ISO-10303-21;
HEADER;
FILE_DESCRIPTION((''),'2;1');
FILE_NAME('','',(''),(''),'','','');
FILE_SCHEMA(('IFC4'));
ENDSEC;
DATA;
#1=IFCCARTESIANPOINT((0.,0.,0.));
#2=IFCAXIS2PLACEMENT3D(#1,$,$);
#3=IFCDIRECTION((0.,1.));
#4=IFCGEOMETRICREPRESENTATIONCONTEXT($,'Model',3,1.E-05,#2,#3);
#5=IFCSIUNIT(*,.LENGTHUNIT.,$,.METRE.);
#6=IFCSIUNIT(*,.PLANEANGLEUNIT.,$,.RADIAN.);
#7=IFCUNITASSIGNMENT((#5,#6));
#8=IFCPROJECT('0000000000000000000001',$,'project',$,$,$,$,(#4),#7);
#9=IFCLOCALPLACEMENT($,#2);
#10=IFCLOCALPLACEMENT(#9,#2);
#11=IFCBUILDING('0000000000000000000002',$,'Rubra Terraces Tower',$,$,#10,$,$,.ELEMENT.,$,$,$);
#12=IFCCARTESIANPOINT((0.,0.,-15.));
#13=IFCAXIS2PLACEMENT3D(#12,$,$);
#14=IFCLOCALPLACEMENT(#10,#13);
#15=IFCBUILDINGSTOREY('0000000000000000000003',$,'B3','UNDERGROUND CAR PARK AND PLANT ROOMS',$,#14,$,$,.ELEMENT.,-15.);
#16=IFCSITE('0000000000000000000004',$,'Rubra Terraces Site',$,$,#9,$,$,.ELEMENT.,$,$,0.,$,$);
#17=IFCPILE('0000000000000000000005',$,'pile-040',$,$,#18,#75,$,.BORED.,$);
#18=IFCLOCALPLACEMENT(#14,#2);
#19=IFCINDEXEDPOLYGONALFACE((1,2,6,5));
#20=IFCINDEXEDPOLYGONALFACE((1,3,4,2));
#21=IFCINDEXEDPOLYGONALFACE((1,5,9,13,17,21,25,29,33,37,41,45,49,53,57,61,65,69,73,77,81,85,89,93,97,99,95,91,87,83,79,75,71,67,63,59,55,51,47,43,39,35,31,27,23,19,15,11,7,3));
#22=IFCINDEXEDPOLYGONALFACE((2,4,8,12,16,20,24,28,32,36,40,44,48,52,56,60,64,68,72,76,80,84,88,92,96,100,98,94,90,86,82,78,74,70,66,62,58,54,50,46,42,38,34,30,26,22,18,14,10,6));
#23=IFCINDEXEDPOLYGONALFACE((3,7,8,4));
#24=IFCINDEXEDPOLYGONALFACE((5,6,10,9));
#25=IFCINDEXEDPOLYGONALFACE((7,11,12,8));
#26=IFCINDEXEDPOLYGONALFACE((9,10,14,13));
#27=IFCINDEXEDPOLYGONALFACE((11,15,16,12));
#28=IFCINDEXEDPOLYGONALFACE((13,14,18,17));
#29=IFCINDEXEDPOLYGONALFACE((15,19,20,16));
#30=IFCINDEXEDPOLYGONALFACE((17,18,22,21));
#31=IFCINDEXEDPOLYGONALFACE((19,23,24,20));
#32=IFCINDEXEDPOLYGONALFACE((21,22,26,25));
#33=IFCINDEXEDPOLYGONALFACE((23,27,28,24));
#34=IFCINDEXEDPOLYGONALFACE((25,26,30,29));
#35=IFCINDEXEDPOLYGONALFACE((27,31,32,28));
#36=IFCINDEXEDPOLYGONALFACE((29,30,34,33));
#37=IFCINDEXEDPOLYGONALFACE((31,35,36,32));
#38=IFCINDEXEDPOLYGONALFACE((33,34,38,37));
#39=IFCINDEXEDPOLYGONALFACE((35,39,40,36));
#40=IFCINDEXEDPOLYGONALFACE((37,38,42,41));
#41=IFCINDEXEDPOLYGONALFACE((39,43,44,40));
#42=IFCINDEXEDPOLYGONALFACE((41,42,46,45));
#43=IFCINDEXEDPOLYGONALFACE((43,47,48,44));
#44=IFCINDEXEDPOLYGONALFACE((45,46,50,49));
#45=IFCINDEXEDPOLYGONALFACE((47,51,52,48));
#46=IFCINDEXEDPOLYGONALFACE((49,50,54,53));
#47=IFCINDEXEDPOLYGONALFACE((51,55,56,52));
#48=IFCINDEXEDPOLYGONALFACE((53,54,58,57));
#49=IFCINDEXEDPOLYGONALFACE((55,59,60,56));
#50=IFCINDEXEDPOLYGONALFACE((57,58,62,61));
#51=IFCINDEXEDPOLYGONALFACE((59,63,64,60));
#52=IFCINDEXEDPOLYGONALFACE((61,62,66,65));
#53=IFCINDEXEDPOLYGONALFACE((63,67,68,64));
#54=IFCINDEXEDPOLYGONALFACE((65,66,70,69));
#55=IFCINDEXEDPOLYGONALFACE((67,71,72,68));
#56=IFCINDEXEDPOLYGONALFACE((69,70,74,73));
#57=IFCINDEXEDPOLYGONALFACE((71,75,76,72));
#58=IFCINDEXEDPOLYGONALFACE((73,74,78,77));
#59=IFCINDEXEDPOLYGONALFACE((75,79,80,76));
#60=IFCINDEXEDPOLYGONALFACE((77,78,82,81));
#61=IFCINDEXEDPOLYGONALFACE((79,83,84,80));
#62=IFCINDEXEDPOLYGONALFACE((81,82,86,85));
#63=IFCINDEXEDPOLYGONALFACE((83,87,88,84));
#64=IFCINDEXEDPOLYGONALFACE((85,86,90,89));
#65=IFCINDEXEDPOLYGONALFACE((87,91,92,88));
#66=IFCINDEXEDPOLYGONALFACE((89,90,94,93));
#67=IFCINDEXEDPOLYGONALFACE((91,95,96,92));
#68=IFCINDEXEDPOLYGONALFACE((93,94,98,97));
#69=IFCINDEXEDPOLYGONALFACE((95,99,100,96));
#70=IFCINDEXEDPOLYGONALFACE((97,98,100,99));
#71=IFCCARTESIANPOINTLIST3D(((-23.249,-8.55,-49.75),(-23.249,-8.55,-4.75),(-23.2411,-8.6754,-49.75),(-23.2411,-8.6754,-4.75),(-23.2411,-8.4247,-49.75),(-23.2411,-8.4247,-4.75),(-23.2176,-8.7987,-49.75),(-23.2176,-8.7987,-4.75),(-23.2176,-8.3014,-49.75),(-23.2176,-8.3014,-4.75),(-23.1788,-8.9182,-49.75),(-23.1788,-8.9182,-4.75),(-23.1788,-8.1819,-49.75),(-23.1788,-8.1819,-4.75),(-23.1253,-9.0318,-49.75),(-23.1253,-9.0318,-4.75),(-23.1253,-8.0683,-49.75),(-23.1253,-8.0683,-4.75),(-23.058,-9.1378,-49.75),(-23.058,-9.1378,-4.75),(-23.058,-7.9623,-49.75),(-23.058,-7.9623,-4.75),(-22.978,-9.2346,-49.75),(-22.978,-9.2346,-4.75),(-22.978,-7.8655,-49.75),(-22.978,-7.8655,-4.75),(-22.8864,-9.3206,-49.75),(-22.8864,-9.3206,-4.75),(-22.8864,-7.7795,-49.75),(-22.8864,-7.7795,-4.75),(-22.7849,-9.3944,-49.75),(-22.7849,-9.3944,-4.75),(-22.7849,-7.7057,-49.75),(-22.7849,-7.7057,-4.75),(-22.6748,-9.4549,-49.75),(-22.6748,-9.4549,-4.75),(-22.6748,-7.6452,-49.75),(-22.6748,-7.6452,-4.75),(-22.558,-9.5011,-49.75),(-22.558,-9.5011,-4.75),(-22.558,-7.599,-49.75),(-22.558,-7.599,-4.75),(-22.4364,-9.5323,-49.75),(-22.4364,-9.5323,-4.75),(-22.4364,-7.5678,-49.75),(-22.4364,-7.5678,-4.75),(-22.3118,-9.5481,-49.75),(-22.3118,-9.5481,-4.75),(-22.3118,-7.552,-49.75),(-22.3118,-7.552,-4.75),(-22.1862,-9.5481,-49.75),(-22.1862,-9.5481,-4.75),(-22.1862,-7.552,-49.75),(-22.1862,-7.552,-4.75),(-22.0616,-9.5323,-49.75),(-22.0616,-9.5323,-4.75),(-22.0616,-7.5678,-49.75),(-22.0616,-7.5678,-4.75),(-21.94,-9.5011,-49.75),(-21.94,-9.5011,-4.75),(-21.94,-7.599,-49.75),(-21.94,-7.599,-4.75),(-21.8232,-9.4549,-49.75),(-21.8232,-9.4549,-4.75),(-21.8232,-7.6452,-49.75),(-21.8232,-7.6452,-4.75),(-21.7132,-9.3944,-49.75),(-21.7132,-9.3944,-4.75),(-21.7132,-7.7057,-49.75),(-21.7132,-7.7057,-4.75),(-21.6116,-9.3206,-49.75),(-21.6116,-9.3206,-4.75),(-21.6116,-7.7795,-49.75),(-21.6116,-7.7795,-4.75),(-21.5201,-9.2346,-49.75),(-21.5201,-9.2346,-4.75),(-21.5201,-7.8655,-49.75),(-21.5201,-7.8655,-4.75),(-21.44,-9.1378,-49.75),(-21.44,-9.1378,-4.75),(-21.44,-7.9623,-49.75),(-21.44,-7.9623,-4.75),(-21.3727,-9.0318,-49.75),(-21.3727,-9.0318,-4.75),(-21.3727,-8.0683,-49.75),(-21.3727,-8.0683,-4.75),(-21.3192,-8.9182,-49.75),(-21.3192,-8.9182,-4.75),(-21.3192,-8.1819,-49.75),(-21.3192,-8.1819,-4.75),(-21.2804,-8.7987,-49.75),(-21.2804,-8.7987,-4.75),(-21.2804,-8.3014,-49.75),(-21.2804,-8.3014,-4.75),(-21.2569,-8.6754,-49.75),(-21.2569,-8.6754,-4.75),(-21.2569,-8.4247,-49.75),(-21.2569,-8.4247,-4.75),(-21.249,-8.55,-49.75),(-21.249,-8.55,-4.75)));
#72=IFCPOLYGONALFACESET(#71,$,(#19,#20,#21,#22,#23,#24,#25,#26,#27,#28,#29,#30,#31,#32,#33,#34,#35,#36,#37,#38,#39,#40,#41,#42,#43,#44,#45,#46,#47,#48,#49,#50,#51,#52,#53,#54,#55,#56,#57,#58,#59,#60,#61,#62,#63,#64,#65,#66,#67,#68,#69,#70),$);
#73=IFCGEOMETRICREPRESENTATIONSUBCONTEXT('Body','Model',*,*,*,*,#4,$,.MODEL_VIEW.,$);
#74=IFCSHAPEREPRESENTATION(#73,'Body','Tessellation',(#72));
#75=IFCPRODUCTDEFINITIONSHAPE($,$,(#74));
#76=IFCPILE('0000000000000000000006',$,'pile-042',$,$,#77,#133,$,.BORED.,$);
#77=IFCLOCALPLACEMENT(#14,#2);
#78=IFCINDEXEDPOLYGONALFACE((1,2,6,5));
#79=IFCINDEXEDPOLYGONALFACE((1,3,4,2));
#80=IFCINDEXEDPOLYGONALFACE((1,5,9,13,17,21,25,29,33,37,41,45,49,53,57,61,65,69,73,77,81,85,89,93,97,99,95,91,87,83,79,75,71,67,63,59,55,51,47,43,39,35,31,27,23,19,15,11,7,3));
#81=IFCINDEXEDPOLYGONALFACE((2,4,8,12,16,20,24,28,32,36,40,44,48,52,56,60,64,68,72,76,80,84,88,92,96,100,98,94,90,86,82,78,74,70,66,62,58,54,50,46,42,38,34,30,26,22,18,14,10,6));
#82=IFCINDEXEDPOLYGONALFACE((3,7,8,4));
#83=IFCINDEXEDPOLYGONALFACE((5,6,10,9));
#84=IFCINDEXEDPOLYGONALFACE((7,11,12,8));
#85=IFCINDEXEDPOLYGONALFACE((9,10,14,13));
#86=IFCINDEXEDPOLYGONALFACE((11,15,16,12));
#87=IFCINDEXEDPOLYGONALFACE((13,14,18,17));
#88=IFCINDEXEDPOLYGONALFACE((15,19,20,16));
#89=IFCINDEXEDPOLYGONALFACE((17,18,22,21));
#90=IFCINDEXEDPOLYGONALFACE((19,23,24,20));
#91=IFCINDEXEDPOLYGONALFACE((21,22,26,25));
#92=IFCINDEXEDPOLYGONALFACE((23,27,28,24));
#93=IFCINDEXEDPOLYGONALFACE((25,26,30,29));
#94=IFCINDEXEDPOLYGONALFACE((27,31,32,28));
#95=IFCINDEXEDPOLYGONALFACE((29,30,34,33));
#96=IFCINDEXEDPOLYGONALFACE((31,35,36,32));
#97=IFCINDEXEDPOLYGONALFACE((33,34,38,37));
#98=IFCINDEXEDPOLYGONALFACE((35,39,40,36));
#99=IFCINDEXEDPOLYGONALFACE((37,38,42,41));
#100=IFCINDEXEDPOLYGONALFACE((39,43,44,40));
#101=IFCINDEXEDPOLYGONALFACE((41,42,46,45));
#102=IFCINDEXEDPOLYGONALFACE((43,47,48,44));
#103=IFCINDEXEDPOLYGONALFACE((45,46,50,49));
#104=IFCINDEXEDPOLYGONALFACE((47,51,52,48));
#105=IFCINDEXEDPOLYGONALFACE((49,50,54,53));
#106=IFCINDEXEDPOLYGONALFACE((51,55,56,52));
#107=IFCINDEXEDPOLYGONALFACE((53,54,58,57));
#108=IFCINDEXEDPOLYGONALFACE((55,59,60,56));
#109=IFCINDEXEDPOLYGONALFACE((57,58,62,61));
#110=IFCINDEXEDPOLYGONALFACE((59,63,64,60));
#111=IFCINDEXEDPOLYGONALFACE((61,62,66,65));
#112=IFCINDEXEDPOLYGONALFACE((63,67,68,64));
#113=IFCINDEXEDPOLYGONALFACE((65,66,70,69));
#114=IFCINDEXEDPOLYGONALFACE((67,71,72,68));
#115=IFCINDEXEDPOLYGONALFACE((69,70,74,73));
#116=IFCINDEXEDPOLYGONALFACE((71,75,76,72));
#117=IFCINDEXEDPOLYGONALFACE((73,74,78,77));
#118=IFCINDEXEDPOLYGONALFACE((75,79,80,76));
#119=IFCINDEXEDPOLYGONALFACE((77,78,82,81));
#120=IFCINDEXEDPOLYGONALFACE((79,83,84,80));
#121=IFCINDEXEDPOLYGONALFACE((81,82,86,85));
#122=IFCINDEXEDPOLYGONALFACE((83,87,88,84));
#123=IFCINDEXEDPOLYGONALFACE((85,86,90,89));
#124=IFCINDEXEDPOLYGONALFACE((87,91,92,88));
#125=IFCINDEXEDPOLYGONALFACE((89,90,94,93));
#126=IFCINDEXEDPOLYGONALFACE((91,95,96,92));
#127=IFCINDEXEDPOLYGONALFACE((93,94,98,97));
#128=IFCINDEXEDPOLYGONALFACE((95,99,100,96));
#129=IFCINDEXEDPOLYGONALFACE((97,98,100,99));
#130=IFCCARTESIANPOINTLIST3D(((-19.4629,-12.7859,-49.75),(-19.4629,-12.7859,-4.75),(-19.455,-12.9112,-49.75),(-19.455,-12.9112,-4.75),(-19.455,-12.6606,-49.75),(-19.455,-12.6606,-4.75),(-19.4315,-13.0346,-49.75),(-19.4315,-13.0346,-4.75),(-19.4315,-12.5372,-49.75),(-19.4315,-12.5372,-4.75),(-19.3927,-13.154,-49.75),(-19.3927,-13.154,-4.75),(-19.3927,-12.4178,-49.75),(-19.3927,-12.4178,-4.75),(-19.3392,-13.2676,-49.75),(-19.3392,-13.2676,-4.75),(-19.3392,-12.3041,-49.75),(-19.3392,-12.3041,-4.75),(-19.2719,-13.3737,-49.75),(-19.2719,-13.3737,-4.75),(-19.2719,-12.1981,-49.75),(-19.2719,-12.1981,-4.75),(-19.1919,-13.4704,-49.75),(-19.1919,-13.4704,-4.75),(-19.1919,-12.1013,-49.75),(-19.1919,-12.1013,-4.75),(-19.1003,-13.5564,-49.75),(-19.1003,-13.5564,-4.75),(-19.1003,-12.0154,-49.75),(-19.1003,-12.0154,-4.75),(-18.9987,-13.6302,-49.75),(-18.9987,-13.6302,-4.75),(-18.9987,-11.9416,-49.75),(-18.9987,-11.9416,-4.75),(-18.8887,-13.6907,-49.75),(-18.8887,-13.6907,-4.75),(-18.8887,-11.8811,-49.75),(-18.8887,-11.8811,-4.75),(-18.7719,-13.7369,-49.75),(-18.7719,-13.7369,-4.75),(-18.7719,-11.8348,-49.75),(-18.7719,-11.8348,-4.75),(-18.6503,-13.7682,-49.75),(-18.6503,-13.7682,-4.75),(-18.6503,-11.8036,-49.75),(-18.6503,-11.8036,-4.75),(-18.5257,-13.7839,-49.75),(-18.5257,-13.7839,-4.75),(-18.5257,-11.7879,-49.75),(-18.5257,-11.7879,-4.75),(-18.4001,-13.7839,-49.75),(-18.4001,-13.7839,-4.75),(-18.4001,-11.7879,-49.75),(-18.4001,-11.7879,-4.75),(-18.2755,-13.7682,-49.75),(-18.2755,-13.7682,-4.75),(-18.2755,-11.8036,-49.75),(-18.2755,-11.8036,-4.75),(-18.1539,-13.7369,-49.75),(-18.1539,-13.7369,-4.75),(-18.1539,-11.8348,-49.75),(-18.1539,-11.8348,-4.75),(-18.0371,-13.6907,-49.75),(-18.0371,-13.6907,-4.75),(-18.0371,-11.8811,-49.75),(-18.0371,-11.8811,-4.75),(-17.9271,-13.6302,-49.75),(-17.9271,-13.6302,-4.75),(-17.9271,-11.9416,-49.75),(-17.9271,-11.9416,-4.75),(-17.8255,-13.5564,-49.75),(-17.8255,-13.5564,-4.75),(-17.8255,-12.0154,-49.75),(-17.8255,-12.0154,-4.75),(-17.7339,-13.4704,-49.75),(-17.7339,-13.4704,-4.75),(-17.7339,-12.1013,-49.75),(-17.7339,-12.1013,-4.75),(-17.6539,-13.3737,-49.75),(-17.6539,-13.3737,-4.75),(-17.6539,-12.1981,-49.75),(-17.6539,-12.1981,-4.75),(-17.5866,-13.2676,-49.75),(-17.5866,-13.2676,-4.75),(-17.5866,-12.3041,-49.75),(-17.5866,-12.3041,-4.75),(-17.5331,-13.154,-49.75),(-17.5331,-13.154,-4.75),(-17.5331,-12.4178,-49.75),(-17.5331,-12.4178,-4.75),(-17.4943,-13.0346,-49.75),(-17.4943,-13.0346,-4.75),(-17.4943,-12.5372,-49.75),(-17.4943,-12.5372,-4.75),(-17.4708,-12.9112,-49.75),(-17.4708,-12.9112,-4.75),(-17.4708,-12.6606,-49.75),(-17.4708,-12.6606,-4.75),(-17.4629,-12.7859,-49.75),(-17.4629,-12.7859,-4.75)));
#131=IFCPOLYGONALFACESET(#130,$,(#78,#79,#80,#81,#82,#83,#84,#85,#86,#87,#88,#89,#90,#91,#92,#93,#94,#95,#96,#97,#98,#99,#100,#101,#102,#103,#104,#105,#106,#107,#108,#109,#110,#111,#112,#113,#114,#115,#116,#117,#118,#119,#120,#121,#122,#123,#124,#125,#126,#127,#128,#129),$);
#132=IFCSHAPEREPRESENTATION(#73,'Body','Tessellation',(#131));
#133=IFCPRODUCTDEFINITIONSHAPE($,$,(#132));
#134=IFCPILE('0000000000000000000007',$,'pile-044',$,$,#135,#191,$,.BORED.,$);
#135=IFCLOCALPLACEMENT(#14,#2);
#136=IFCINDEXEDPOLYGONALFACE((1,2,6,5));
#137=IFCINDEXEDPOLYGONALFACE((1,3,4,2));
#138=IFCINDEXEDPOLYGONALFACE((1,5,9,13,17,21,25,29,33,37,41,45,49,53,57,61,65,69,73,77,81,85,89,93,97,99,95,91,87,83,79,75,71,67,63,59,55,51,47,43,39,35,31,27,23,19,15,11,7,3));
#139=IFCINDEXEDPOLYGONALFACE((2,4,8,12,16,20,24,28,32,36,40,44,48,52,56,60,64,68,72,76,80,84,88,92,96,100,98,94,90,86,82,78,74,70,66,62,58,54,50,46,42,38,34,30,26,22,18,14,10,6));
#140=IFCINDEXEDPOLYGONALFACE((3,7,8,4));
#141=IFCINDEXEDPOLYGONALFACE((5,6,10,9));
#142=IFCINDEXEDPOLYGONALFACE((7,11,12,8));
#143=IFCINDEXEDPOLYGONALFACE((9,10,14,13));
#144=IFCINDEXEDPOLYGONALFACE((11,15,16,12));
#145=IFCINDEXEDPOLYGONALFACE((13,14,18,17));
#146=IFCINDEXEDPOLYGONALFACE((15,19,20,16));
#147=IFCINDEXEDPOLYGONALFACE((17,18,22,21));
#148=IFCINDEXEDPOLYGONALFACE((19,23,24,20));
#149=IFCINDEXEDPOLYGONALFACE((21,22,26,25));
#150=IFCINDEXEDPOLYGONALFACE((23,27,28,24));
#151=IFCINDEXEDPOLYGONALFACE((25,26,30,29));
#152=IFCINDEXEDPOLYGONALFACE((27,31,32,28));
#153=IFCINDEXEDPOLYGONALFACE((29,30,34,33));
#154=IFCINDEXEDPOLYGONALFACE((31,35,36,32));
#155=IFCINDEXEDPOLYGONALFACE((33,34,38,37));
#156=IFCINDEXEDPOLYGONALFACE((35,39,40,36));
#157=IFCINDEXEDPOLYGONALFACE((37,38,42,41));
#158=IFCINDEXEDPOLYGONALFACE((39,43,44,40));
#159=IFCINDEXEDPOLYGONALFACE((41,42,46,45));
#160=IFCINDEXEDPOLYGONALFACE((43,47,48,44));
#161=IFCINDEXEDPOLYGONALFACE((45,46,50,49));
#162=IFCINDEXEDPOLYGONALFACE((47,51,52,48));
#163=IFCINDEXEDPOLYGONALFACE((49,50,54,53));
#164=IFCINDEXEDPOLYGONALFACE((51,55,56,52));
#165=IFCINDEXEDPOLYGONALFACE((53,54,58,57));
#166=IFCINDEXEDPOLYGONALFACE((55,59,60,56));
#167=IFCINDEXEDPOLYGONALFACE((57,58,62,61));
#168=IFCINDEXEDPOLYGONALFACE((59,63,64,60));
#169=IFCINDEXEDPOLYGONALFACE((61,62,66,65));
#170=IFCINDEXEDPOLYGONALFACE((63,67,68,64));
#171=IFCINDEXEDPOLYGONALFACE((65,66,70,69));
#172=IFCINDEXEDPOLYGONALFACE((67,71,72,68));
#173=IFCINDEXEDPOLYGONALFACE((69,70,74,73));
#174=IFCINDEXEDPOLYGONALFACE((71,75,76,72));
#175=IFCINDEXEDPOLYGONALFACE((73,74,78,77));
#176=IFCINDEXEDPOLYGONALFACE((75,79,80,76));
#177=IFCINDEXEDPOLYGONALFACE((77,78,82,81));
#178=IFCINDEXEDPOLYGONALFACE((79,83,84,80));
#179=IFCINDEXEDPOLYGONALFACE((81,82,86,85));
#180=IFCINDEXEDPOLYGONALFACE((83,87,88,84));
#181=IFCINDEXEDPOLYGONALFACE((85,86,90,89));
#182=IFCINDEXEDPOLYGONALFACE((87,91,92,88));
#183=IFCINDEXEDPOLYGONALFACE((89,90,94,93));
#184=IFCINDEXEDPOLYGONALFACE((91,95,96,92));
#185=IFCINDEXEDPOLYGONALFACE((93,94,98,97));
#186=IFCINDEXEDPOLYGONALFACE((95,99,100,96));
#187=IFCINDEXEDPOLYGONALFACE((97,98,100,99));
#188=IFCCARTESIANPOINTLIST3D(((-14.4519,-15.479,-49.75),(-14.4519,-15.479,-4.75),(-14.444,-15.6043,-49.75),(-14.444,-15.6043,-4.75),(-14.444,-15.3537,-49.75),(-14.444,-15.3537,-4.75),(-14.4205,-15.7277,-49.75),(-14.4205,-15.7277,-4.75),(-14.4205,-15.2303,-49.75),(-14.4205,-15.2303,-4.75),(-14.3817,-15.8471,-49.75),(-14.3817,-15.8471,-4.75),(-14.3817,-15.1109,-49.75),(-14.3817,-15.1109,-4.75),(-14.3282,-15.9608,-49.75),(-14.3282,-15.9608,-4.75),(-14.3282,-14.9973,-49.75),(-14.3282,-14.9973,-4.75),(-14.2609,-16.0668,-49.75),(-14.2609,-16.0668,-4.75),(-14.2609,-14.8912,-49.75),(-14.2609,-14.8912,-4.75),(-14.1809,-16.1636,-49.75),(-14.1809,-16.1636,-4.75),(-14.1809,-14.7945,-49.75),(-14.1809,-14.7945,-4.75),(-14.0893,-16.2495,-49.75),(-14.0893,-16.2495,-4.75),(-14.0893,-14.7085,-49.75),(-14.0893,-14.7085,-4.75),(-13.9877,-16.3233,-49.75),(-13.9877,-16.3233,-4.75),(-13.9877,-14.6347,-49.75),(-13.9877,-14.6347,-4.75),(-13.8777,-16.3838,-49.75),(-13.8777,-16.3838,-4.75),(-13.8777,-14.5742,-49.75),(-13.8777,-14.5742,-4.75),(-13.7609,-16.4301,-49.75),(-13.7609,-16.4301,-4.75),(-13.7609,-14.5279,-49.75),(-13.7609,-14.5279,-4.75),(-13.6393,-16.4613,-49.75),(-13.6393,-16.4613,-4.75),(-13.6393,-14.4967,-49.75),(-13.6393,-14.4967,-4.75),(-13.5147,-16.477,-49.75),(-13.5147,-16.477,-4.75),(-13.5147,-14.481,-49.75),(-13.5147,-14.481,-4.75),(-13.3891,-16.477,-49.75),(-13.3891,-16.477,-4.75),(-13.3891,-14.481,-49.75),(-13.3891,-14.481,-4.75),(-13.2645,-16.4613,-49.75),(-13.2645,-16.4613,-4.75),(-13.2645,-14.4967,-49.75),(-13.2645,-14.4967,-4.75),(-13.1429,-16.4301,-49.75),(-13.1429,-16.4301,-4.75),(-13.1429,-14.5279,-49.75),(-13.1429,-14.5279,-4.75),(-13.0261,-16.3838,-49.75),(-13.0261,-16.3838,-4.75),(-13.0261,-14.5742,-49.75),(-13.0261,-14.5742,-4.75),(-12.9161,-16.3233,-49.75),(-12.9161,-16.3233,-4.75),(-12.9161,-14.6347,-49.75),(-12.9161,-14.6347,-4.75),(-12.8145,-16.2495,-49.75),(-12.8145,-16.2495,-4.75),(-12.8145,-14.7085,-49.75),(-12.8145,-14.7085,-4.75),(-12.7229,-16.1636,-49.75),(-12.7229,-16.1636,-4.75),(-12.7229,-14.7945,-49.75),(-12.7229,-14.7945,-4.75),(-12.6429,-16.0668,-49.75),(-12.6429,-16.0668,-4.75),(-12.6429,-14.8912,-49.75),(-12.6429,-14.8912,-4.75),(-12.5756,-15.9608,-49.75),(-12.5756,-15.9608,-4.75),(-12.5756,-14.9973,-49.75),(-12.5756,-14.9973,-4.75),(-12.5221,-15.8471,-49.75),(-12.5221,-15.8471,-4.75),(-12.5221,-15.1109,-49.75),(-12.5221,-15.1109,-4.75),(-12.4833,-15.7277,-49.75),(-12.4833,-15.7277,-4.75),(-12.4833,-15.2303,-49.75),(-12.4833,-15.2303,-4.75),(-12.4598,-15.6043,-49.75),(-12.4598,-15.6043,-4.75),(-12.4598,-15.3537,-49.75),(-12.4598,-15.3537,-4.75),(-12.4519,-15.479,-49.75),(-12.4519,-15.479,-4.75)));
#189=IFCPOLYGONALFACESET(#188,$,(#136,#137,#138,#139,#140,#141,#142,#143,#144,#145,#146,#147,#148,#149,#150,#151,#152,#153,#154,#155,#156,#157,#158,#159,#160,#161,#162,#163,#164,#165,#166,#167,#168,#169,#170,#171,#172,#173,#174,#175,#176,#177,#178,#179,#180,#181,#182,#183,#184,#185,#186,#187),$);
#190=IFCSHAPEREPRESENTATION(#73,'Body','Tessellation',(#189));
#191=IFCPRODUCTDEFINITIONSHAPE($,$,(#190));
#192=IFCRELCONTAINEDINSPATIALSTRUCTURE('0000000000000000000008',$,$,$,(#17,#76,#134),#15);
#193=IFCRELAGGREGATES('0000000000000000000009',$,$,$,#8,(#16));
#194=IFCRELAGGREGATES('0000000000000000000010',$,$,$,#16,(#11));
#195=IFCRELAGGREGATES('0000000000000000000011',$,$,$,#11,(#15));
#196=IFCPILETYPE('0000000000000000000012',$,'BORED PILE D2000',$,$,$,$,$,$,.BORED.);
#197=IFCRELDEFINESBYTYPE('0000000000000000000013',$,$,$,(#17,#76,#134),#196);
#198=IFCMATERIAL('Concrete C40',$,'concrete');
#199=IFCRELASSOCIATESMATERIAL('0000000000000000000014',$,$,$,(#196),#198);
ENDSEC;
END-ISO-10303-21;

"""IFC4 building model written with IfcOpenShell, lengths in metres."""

from ifc_helpers import new_model, si_unit, direction, frame, origin, origin_2d, place, context, subcontext, project, spatial, circle, extrude, material, material_profile, profile_set, type_object, element, save


model = new_model("IFC4")

# Units and contexts
model_context = context("Model", 3, precision=1e-05, world=origin(), true_north=direction((0.0, 1.0)))
body_context = subcontext(model_context, "Body", "Model", "MODEL_VIEW")
ifc_project = project(units=[si_unit("LENGTHUNIT", "METRE"), si_unit("PLANEANGLEUNIT", "RADIAN")], contexts=[model_context])

# Site, building, storey
site_placement = place(None, origin())
site = spatial("IfcSite", under=ifc_project, at=site_placement, Name="Rubra Terraces Site", CompositionType="ELEMENT", RefElevation=0.0)
building_placement = place(site_placement, origin())
building = spatial("IfcBuilding", under=site, at=building_placement, Name="Rubra Terraces Tower", CompositionType="ELEMENT")
storey_placement = place(building_placement, frame((0.0, 0.0, -15.0)))
storey = spatial("IfcBuildingStorey", under=building, at=storey_placement, Name="B3", Description="UNDERGROUND CAR PARK AND PLANT ROOMS", CompositionType="ELEMENT", Elevation=-15.0)

# Piles
ifc_material_1 = material(Name="Concrete C40", Category="concrete")
ifc_material_profile_1 = material_profile(ifc_material_1, circle(Radius=1.0, at=origin_2d()), Name="BORED PILE D2000")
ifc_profile_set_1 = profile_set([ifc_material_profile_1], Name="Concrete C40")
pile_type = type_object("IfcPileType", Name="BORED PILE D2000", PredefinedType="BORED", material=ifc_profile_set_1)
for number, where, z_axis, x_axis, name in (
    (1, (-22.249, -8.55, -4.75), (0.0, 0.0, -1.0), (1.0, 0.0, 0.0), "pile-040"),
    (2, (-18.4629, -12.7859, -4.75), (0.0, 0.0, -1.0), (1.0, 0.0, 0.0), "pile-042"),
    (3, (-13.4519, -15.479, -4.75), (0.0, 0.0, -1.0), (1.0, 0.0, 0.0), "pile-044"),
):
    element("IfcPile", number, at=place(storey_placement, frame(where, z_axis=z_axis, x_axis=x_axis)), inside=storey, type_object=pile_type, Name=name, PredefinedType="BORED", context=body_context, shape_type="SweptSolid", body=[
        extrude(circle(Radius=1.0, at=origin_2d()), origin(), (0.0, 0.0, 1.0), 45.0),
    ])

save(model, "model.ifc")
